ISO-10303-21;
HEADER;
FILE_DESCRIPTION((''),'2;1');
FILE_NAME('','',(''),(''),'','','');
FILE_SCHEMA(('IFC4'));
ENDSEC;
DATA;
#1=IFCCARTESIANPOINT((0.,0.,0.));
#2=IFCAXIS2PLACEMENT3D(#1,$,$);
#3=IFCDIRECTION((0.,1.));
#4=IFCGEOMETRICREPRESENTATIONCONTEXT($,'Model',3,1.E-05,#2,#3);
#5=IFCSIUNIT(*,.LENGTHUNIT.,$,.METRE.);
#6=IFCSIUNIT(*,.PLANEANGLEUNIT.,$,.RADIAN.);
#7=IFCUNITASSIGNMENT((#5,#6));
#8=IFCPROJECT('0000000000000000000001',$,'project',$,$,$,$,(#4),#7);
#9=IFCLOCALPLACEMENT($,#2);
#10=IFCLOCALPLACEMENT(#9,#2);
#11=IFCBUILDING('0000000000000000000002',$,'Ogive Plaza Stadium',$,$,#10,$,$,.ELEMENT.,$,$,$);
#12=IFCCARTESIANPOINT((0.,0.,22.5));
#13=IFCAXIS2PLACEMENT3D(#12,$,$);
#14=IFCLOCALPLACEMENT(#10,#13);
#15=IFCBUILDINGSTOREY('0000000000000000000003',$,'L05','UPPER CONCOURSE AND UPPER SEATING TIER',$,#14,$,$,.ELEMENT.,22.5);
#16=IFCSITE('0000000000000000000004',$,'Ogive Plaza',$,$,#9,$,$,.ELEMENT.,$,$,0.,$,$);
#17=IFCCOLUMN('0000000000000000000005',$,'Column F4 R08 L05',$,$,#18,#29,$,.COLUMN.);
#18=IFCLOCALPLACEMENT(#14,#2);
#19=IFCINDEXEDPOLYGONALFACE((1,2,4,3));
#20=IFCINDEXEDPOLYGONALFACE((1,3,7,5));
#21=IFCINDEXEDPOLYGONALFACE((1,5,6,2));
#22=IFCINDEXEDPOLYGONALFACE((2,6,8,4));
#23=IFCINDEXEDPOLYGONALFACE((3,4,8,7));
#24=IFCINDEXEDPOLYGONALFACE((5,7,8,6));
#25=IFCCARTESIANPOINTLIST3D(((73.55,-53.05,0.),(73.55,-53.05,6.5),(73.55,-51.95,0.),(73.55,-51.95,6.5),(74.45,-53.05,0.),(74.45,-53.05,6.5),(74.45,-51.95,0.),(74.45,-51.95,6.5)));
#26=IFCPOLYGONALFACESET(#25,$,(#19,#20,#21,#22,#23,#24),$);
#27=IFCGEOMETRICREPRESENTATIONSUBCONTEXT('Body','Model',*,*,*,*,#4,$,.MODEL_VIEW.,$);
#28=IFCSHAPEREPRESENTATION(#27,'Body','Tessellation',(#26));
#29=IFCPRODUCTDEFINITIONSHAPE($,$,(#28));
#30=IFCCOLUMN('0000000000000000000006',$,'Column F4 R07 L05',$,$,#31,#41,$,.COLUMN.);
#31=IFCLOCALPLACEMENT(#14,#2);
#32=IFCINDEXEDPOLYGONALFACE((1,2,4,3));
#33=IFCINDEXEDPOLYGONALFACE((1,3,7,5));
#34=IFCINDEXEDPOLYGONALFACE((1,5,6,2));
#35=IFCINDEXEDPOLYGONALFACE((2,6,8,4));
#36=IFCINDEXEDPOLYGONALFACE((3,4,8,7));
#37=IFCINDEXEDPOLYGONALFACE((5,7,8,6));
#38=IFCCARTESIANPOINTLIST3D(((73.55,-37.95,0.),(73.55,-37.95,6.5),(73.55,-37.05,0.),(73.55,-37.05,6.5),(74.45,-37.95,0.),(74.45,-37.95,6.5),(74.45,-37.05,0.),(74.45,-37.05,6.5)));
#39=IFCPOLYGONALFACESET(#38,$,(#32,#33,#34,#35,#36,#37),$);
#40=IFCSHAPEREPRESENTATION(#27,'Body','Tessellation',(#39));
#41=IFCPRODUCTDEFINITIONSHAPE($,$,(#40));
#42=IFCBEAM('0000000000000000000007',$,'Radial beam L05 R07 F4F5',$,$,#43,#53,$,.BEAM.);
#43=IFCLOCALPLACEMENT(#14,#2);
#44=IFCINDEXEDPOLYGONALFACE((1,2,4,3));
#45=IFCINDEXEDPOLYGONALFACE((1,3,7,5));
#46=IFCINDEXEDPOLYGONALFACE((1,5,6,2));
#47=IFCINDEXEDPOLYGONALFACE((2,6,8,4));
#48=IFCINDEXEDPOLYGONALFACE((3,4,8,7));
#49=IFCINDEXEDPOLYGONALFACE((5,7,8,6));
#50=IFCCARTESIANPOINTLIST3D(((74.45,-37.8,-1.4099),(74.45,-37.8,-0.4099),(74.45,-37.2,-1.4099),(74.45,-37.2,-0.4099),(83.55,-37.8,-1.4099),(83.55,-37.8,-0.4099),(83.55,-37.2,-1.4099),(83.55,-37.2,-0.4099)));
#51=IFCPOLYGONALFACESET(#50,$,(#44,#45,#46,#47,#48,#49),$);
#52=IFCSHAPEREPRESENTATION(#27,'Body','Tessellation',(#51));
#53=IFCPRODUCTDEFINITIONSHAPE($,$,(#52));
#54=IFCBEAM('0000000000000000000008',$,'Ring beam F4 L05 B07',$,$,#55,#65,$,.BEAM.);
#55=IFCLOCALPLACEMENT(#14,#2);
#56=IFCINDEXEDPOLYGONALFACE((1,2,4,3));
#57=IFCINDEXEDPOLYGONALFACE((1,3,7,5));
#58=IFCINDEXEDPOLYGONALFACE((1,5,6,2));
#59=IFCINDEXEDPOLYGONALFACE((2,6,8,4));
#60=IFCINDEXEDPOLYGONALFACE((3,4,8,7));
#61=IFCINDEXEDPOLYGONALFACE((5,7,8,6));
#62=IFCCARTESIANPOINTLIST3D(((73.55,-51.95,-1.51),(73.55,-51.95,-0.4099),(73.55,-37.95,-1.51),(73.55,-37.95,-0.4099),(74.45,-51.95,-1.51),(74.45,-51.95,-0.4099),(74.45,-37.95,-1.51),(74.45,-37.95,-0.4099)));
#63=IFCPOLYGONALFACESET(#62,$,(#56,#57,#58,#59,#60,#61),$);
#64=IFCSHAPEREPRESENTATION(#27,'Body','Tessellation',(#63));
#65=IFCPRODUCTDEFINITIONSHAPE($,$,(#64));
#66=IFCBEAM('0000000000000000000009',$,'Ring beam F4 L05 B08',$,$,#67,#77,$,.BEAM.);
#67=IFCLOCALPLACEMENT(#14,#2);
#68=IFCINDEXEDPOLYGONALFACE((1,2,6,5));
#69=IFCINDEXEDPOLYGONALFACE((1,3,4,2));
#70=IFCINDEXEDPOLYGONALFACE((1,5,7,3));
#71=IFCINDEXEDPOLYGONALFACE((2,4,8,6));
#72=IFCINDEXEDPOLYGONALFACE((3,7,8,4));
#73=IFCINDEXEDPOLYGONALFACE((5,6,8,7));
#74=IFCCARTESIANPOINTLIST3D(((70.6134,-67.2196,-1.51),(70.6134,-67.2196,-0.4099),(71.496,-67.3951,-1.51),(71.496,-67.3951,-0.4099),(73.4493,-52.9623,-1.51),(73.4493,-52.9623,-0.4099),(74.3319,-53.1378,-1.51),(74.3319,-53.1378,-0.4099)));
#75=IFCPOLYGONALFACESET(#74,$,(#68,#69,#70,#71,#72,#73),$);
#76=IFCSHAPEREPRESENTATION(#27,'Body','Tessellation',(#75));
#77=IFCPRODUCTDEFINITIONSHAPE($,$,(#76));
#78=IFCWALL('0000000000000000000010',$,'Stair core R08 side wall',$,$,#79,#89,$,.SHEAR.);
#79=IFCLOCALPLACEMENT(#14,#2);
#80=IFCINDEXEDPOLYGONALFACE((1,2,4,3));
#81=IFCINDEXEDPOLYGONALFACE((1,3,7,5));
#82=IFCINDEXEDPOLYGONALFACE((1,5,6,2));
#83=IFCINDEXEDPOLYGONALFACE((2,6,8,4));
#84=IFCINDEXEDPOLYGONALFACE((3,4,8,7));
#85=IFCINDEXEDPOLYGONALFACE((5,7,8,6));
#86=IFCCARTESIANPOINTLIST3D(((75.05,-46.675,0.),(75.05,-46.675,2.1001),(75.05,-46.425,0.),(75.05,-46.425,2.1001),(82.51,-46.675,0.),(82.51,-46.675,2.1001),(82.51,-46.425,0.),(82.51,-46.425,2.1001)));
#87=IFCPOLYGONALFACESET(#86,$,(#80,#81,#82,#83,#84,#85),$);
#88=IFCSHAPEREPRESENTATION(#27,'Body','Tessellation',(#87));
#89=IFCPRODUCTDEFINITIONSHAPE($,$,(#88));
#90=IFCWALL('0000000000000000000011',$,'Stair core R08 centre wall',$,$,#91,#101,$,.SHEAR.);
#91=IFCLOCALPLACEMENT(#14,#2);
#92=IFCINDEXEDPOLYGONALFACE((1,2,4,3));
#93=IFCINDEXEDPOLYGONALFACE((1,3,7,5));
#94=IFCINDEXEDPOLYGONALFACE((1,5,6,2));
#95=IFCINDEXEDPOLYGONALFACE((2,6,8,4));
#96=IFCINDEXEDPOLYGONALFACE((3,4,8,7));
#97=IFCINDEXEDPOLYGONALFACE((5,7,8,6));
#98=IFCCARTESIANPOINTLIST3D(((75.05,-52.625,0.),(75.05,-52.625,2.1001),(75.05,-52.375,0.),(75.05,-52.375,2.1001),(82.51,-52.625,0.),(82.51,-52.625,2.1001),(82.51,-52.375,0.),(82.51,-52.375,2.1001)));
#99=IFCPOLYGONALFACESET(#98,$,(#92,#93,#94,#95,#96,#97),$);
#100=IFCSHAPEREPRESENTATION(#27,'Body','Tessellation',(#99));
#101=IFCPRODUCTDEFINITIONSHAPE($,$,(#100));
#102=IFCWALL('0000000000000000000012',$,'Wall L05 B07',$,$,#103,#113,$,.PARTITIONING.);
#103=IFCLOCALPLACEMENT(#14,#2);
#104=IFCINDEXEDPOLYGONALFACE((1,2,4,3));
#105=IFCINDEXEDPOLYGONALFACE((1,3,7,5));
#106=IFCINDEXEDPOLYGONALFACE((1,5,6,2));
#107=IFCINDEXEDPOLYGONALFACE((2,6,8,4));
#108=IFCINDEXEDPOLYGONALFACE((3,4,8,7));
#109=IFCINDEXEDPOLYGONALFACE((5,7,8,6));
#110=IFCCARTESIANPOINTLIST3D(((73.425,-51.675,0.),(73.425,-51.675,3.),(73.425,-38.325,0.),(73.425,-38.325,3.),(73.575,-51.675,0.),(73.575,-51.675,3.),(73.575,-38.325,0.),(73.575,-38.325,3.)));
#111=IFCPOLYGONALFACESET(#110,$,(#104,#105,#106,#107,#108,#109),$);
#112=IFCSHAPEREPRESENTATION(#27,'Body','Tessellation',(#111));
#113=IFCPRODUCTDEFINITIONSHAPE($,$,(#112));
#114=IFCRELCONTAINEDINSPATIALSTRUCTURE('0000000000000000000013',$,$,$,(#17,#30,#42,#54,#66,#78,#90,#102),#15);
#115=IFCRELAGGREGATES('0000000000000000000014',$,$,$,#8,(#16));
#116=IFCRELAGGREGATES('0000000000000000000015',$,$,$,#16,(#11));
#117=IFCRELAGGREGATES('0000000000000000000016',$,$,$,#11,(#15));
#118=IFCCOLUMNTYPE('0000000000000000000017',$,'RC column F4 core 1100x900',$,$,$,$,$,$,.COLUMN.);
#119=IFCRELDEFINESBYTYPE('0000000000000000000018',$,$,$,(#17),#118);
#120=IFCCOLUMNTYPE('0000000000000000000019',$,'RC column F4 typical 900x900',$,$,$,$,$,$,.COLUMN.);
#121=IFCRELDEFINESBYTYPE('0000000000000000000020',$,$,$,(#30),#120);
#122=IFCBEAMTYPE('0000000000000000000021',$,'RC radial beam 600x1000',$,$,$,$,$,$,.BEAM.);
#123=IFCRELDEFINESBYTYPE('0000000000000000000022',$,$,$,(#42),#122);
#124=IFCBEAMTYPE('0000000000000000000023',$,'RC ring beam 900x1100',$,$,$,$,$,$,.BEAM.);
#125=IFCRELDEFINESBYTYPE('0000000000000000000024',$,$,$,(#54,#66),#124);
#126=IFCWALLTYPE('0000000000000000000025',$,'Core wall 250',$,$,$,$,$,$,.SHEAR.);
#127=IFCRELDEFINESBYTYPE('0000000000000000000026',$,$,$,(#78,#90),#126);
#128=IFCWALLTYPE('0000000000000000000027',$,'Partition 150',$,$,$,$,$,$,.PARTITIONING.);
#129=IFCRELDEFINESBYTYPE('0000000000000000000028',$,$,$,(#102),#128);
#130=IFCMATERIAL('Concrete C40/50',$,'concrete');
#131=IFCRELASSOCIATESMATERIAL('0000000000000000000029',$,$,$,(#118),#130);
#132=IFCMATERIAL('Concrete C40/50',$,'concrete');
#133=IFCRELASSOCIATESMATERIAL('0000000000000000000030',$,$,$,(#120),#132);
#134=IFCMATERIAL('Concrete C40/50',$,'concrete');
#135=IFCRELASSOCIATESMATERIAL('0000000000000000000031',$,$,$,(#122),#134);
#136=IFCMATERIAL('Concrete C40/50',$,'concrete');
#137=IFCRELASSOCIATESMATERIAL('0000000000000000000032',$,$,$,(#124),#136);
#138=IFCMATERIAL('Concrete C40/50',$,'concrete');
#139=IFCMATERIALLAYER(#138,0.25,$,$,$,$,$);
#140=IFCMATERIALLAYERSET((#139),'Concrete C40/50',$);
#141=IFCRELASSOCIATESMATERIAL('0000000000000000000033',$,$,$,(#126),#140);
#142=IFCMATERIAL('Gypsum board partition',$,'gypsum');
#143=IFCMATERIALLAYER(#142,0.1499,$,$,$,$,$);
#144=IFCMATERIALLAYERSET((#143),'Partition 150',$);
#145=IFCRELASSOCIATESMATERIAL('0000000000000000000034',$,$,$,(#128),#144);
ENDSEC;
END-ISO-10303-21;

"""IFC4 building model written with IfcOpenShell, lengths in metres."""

from ifc_helpers import new_model, si_unit, direction, frame, frame_2d, origin, origin_2d, place, context, subcontext, project, spatial, rectangle, extrude, material, layer, layer_set, material_profile, profile_set, type_object, element, save


model = new_model("IFC4")

# Units and contexts
model_context = context("Model", 3, precision=1e-05, world=origin(), true_north=direction((0.0, 1.0)))
body_context = subcontext(model_context, "Body", "Model", "MODEL_VIEW")
ifc_project = project(units=[si_unit("LENGTHUNIT", "METRE"), si_unit("PLANEANGLEUNIT", "RADIAN")], contexts=[model_context])

# Site, building, storey
site_placement = place(None, origin())
site = spatial("IfcSite", under=ifc_project, at=site_placement, Name="Ogive Plaza", CompositionType="ELEMENT", RefElevation=0.0)
building_placement = place(site_placement, origin())
building = spatial("IfcBuilding", under=site, at=building_placement, Name="Ogive Plaza Stadium", CompositionType="ELEMENT")
storey_placement = place(building_placement, frame((0.0, 0.0, 22.5)))
storey = spatial("IfcBuildingStorey", under=building, at=storey_placement, Name="L05", Description="UPPER CONCOURSE AND UPPER SEATING TIER", CompositionType="ELEMENT", Elevation=22.5)

# Columns
ifc_material_1 = material(Name="Concrete C40/50", Category="concrete")
ifc_material_profile_1 = material_profile(ifc_material_1, rectangle(XDim=1.1001, YDim=0.8999, at=origin_2d()), Name="RC 1100x900")
ifc_profile_set_1 = profile_set([ifc_material_profile_1], Name="Concrete C40/50")
column_type_1 = type_object("IfcColumnType", Name="RC column F4 core 1100x900", PredefinedType="COLUMN", material=ifc_profile_set_1)
column_1_placement = place(storey_placement, frame((74.0, -52.5, 0.0), z_axis=(0.0, 0.0, 1.0), x_axis=(0.0, 1.0, 0.0)))
element("IfcColumn", 1, at=column_1_placement, inside=storey, type_object=column_type_1, Name="Column F4 R08 L05", PredefinedType="COLUMN", context=body_context, shape_type="SweptSolid", body=[
    extrude(rectangle(XDim=1.1001, YDim=0.8999, at=origin_2d()), origin(), (0.0, 0.0, 1.0), 6.5),
])
ifc_material_2 = material(Name="Concrete C40/50", Category="concrete")
ifc_material_profile_2 = material_profile(ifc_material_2, rectangle(XDim=0.8999, YDim=0.8999, at=origin_2d()), Name="RC 900x900")
ifc_profile_set_2 = profile_set([ifc_material_profile_2], Name="Concrete C40/50")
column_type_2 = type_object("IfcColumnType", Name="RC column F4 typical 900x900", PredefinedType="COLUMN", material=ifc_profile_set_2)
column_2_placement = place(storey_placement, frame((74.0, -37.5, 0.0), z_axis=(0.0, 0.0, 1.0), x_axis=(0.0, 1.0, 0.0)))
element("IfcColumn", 2, at=column_2_placement, inside=storey, type_object=column_type_2, Name="Column F4 R07 L05", PredefinedType="COLUMN", context=body_context, shape_type="SweptSolid", body=[
    extrude(rectangle(XDim=0.8999, YDim=0.8999, at=origin_2d()), origin(), (0.0, 0.0, 1.0), 6.5),
])

# Beams
ifc_material_3 = material(Name="Concrete C40/50", Category="concrete")
ifc_material_profile_3 = material_profile(ifc_material_3, rectangle(XDim=0.6001, YDim=1.0, at=origin_2d()), Name="RC 600x1000")
ifc_profile_set_3 = profile_set([ifc_material_profile_3], Name="Concrete C40/50")
beam_type_1 = type_object("IfcBeamType", Name="RC radial beam 600x1000", PredefinedType="BEAM", material=ifc_profile_set_3)
beam_1_placement = place(storey_placement, frame((74.45, -37.5, -0.9099), z_axis=(1.0, 0.0, 0.0), x_axis=(0.0, 1.0, 0.0)))
element("IfcBeam", 3, at=beam_1_placement, inside=storey, type_object=beam_type_1, Name="Radial beam L05 R07 F4F5", PredefinedType="BEAM", context=body_context, shape_type="SweptSolid", body=[
    extrude(rectangle(XDim=0.6001, YDim=1.0, at=origin_2d()), origin(), (0.0, 0.0, 1.0), 9.1001),
])
ifc_material_4 = material(Name="Concrete C40/50", Category="concrete")
ifc_material_profile_4 = material_profile(ifc_material_4, rectangle(XDim=0.8999, YDim=1.1001, at=origin_2d()), Name="RC 900x1100")
ifc_profile_set_4 = profile_set([ifc_material_profile_4], Name="Concrete C40/50")
beam_type_2 = type_object("IfcBeamType", Name="RC ring beam 900x1100", PredefinedType="BEAM", material=ifc_profile_set_4)
beam_2_placement = place(storey_placement, frame((74.0, -37.95, -0.96), z_axis=(0.0, -1.0, 0.0), x_axis=(1.0, 0.0, 0.0)))
element("IfcBeam", 4, at=beam_2_placement, inside=storey, type_object=beam_type_2, Name="Ring beam F4 L05 B07", PredefinedType="BEAM", context=body_context, shape_type="SweptSolid", body=[
    extrude(rectangle(XDim=0.8999, YDim=1.1001, at=origin_2d()), origin(), (0.0, 0.0, 1.0), 14.0),
])
beam_3_placement = place(storey_placement, frame((73.8906, -53.05, -0.96), z_axis=(-0.195089, -0.980786, 0.0), x_axis=(0.980786, -0.195089, 0.0)))
element("IfcBeam", 5, at=beam_3_placement, inside=storey, type_object=beam_type_2, Name="Ring beam F4 L05 B08", PredefinedType="BEAM", context=body_context, shape_type="SweptSolid", body=[
    extrude(rectangle(XDim=0.8999, YDim=1.1001, at=origin_2d()), origin(), (0.0, 0.0, 1.0), 14.5366),
])

# Walls
ifc_material_5 = material(Name="Concrete C40/50", Category="concrete")
ifc_layer_1 = layer(ifc_material_5, 0.25)
ifc_layer_set_1 = layer_set([ifc_layer_1], Name="Concrete C40/50")
wall_type_1 = type_object("IfcWallType", Name="Core wall 250", PredefinedType="SHEAR", material=ifc_layer_set_1)
for number, where, z_axis, x_axis, name in (
    (6, (75.05, -46.55, 0.0), (0.0, 0.0, 1.0), (1.0, 0.0, 0.0), "Stair core R08 side wall"),
    (7, (75.05, -52.5, 0.0), (0.0, 0.0, 1.0), (1.0, 0.0, 0.0), "Stair core R08 centre wall"),
):
    element("IfcWall", number, at=place(storey_placement, frame(where, z_axis=z_axis, x_axis=x_axis)), inside=storey, type_object=wall_type_1, Name=name, PredefinedType="SHEAR", context=body_context, shape_type="SweptSolid", body=[
        extrude(rectangle(XDim=7.46, YDim=0.25, at=frame_2d((3.73, 0.0))), origin(), (0.0, 0.0, 1.0), 2.1001),
    ])
ifc_material_6 = material(Name="Gypsum board partition", Category="gypsum")
ifc_layer_2 = layer(ifc_material_6, 0.1499)
ifc_layer_set_2 = layer_set([ifc_layer_2], Name="Partition 150")
wall_type_2 = type_object("IfcWallType", Name="Partition 150", PredefinedType="PARTITIONING", material=ifc_layer_set_2)
wall_placement = place(storey_placement, frame((73.5, -51.675, 0.0), z_axis=(0.0, 0.0, 1.0), x_axis=(0.0, 1.0, 0.0)))
element("IfcWall", 8, at=wall_placement, inside=storey, type_object=wall_type_2, Name="Wall L05 B07", PredefinedType="PARTITIONING", context=body_context, shape_type="SweptSolid", body=[
    extrude(rectangle(XDim=13.3501, YDim=0.1499, at=frame_2d((6.675, 0.0))), origin(), (0.0, 0.0, 1.0), 3.0),
])

save(model, "model.ifc")
